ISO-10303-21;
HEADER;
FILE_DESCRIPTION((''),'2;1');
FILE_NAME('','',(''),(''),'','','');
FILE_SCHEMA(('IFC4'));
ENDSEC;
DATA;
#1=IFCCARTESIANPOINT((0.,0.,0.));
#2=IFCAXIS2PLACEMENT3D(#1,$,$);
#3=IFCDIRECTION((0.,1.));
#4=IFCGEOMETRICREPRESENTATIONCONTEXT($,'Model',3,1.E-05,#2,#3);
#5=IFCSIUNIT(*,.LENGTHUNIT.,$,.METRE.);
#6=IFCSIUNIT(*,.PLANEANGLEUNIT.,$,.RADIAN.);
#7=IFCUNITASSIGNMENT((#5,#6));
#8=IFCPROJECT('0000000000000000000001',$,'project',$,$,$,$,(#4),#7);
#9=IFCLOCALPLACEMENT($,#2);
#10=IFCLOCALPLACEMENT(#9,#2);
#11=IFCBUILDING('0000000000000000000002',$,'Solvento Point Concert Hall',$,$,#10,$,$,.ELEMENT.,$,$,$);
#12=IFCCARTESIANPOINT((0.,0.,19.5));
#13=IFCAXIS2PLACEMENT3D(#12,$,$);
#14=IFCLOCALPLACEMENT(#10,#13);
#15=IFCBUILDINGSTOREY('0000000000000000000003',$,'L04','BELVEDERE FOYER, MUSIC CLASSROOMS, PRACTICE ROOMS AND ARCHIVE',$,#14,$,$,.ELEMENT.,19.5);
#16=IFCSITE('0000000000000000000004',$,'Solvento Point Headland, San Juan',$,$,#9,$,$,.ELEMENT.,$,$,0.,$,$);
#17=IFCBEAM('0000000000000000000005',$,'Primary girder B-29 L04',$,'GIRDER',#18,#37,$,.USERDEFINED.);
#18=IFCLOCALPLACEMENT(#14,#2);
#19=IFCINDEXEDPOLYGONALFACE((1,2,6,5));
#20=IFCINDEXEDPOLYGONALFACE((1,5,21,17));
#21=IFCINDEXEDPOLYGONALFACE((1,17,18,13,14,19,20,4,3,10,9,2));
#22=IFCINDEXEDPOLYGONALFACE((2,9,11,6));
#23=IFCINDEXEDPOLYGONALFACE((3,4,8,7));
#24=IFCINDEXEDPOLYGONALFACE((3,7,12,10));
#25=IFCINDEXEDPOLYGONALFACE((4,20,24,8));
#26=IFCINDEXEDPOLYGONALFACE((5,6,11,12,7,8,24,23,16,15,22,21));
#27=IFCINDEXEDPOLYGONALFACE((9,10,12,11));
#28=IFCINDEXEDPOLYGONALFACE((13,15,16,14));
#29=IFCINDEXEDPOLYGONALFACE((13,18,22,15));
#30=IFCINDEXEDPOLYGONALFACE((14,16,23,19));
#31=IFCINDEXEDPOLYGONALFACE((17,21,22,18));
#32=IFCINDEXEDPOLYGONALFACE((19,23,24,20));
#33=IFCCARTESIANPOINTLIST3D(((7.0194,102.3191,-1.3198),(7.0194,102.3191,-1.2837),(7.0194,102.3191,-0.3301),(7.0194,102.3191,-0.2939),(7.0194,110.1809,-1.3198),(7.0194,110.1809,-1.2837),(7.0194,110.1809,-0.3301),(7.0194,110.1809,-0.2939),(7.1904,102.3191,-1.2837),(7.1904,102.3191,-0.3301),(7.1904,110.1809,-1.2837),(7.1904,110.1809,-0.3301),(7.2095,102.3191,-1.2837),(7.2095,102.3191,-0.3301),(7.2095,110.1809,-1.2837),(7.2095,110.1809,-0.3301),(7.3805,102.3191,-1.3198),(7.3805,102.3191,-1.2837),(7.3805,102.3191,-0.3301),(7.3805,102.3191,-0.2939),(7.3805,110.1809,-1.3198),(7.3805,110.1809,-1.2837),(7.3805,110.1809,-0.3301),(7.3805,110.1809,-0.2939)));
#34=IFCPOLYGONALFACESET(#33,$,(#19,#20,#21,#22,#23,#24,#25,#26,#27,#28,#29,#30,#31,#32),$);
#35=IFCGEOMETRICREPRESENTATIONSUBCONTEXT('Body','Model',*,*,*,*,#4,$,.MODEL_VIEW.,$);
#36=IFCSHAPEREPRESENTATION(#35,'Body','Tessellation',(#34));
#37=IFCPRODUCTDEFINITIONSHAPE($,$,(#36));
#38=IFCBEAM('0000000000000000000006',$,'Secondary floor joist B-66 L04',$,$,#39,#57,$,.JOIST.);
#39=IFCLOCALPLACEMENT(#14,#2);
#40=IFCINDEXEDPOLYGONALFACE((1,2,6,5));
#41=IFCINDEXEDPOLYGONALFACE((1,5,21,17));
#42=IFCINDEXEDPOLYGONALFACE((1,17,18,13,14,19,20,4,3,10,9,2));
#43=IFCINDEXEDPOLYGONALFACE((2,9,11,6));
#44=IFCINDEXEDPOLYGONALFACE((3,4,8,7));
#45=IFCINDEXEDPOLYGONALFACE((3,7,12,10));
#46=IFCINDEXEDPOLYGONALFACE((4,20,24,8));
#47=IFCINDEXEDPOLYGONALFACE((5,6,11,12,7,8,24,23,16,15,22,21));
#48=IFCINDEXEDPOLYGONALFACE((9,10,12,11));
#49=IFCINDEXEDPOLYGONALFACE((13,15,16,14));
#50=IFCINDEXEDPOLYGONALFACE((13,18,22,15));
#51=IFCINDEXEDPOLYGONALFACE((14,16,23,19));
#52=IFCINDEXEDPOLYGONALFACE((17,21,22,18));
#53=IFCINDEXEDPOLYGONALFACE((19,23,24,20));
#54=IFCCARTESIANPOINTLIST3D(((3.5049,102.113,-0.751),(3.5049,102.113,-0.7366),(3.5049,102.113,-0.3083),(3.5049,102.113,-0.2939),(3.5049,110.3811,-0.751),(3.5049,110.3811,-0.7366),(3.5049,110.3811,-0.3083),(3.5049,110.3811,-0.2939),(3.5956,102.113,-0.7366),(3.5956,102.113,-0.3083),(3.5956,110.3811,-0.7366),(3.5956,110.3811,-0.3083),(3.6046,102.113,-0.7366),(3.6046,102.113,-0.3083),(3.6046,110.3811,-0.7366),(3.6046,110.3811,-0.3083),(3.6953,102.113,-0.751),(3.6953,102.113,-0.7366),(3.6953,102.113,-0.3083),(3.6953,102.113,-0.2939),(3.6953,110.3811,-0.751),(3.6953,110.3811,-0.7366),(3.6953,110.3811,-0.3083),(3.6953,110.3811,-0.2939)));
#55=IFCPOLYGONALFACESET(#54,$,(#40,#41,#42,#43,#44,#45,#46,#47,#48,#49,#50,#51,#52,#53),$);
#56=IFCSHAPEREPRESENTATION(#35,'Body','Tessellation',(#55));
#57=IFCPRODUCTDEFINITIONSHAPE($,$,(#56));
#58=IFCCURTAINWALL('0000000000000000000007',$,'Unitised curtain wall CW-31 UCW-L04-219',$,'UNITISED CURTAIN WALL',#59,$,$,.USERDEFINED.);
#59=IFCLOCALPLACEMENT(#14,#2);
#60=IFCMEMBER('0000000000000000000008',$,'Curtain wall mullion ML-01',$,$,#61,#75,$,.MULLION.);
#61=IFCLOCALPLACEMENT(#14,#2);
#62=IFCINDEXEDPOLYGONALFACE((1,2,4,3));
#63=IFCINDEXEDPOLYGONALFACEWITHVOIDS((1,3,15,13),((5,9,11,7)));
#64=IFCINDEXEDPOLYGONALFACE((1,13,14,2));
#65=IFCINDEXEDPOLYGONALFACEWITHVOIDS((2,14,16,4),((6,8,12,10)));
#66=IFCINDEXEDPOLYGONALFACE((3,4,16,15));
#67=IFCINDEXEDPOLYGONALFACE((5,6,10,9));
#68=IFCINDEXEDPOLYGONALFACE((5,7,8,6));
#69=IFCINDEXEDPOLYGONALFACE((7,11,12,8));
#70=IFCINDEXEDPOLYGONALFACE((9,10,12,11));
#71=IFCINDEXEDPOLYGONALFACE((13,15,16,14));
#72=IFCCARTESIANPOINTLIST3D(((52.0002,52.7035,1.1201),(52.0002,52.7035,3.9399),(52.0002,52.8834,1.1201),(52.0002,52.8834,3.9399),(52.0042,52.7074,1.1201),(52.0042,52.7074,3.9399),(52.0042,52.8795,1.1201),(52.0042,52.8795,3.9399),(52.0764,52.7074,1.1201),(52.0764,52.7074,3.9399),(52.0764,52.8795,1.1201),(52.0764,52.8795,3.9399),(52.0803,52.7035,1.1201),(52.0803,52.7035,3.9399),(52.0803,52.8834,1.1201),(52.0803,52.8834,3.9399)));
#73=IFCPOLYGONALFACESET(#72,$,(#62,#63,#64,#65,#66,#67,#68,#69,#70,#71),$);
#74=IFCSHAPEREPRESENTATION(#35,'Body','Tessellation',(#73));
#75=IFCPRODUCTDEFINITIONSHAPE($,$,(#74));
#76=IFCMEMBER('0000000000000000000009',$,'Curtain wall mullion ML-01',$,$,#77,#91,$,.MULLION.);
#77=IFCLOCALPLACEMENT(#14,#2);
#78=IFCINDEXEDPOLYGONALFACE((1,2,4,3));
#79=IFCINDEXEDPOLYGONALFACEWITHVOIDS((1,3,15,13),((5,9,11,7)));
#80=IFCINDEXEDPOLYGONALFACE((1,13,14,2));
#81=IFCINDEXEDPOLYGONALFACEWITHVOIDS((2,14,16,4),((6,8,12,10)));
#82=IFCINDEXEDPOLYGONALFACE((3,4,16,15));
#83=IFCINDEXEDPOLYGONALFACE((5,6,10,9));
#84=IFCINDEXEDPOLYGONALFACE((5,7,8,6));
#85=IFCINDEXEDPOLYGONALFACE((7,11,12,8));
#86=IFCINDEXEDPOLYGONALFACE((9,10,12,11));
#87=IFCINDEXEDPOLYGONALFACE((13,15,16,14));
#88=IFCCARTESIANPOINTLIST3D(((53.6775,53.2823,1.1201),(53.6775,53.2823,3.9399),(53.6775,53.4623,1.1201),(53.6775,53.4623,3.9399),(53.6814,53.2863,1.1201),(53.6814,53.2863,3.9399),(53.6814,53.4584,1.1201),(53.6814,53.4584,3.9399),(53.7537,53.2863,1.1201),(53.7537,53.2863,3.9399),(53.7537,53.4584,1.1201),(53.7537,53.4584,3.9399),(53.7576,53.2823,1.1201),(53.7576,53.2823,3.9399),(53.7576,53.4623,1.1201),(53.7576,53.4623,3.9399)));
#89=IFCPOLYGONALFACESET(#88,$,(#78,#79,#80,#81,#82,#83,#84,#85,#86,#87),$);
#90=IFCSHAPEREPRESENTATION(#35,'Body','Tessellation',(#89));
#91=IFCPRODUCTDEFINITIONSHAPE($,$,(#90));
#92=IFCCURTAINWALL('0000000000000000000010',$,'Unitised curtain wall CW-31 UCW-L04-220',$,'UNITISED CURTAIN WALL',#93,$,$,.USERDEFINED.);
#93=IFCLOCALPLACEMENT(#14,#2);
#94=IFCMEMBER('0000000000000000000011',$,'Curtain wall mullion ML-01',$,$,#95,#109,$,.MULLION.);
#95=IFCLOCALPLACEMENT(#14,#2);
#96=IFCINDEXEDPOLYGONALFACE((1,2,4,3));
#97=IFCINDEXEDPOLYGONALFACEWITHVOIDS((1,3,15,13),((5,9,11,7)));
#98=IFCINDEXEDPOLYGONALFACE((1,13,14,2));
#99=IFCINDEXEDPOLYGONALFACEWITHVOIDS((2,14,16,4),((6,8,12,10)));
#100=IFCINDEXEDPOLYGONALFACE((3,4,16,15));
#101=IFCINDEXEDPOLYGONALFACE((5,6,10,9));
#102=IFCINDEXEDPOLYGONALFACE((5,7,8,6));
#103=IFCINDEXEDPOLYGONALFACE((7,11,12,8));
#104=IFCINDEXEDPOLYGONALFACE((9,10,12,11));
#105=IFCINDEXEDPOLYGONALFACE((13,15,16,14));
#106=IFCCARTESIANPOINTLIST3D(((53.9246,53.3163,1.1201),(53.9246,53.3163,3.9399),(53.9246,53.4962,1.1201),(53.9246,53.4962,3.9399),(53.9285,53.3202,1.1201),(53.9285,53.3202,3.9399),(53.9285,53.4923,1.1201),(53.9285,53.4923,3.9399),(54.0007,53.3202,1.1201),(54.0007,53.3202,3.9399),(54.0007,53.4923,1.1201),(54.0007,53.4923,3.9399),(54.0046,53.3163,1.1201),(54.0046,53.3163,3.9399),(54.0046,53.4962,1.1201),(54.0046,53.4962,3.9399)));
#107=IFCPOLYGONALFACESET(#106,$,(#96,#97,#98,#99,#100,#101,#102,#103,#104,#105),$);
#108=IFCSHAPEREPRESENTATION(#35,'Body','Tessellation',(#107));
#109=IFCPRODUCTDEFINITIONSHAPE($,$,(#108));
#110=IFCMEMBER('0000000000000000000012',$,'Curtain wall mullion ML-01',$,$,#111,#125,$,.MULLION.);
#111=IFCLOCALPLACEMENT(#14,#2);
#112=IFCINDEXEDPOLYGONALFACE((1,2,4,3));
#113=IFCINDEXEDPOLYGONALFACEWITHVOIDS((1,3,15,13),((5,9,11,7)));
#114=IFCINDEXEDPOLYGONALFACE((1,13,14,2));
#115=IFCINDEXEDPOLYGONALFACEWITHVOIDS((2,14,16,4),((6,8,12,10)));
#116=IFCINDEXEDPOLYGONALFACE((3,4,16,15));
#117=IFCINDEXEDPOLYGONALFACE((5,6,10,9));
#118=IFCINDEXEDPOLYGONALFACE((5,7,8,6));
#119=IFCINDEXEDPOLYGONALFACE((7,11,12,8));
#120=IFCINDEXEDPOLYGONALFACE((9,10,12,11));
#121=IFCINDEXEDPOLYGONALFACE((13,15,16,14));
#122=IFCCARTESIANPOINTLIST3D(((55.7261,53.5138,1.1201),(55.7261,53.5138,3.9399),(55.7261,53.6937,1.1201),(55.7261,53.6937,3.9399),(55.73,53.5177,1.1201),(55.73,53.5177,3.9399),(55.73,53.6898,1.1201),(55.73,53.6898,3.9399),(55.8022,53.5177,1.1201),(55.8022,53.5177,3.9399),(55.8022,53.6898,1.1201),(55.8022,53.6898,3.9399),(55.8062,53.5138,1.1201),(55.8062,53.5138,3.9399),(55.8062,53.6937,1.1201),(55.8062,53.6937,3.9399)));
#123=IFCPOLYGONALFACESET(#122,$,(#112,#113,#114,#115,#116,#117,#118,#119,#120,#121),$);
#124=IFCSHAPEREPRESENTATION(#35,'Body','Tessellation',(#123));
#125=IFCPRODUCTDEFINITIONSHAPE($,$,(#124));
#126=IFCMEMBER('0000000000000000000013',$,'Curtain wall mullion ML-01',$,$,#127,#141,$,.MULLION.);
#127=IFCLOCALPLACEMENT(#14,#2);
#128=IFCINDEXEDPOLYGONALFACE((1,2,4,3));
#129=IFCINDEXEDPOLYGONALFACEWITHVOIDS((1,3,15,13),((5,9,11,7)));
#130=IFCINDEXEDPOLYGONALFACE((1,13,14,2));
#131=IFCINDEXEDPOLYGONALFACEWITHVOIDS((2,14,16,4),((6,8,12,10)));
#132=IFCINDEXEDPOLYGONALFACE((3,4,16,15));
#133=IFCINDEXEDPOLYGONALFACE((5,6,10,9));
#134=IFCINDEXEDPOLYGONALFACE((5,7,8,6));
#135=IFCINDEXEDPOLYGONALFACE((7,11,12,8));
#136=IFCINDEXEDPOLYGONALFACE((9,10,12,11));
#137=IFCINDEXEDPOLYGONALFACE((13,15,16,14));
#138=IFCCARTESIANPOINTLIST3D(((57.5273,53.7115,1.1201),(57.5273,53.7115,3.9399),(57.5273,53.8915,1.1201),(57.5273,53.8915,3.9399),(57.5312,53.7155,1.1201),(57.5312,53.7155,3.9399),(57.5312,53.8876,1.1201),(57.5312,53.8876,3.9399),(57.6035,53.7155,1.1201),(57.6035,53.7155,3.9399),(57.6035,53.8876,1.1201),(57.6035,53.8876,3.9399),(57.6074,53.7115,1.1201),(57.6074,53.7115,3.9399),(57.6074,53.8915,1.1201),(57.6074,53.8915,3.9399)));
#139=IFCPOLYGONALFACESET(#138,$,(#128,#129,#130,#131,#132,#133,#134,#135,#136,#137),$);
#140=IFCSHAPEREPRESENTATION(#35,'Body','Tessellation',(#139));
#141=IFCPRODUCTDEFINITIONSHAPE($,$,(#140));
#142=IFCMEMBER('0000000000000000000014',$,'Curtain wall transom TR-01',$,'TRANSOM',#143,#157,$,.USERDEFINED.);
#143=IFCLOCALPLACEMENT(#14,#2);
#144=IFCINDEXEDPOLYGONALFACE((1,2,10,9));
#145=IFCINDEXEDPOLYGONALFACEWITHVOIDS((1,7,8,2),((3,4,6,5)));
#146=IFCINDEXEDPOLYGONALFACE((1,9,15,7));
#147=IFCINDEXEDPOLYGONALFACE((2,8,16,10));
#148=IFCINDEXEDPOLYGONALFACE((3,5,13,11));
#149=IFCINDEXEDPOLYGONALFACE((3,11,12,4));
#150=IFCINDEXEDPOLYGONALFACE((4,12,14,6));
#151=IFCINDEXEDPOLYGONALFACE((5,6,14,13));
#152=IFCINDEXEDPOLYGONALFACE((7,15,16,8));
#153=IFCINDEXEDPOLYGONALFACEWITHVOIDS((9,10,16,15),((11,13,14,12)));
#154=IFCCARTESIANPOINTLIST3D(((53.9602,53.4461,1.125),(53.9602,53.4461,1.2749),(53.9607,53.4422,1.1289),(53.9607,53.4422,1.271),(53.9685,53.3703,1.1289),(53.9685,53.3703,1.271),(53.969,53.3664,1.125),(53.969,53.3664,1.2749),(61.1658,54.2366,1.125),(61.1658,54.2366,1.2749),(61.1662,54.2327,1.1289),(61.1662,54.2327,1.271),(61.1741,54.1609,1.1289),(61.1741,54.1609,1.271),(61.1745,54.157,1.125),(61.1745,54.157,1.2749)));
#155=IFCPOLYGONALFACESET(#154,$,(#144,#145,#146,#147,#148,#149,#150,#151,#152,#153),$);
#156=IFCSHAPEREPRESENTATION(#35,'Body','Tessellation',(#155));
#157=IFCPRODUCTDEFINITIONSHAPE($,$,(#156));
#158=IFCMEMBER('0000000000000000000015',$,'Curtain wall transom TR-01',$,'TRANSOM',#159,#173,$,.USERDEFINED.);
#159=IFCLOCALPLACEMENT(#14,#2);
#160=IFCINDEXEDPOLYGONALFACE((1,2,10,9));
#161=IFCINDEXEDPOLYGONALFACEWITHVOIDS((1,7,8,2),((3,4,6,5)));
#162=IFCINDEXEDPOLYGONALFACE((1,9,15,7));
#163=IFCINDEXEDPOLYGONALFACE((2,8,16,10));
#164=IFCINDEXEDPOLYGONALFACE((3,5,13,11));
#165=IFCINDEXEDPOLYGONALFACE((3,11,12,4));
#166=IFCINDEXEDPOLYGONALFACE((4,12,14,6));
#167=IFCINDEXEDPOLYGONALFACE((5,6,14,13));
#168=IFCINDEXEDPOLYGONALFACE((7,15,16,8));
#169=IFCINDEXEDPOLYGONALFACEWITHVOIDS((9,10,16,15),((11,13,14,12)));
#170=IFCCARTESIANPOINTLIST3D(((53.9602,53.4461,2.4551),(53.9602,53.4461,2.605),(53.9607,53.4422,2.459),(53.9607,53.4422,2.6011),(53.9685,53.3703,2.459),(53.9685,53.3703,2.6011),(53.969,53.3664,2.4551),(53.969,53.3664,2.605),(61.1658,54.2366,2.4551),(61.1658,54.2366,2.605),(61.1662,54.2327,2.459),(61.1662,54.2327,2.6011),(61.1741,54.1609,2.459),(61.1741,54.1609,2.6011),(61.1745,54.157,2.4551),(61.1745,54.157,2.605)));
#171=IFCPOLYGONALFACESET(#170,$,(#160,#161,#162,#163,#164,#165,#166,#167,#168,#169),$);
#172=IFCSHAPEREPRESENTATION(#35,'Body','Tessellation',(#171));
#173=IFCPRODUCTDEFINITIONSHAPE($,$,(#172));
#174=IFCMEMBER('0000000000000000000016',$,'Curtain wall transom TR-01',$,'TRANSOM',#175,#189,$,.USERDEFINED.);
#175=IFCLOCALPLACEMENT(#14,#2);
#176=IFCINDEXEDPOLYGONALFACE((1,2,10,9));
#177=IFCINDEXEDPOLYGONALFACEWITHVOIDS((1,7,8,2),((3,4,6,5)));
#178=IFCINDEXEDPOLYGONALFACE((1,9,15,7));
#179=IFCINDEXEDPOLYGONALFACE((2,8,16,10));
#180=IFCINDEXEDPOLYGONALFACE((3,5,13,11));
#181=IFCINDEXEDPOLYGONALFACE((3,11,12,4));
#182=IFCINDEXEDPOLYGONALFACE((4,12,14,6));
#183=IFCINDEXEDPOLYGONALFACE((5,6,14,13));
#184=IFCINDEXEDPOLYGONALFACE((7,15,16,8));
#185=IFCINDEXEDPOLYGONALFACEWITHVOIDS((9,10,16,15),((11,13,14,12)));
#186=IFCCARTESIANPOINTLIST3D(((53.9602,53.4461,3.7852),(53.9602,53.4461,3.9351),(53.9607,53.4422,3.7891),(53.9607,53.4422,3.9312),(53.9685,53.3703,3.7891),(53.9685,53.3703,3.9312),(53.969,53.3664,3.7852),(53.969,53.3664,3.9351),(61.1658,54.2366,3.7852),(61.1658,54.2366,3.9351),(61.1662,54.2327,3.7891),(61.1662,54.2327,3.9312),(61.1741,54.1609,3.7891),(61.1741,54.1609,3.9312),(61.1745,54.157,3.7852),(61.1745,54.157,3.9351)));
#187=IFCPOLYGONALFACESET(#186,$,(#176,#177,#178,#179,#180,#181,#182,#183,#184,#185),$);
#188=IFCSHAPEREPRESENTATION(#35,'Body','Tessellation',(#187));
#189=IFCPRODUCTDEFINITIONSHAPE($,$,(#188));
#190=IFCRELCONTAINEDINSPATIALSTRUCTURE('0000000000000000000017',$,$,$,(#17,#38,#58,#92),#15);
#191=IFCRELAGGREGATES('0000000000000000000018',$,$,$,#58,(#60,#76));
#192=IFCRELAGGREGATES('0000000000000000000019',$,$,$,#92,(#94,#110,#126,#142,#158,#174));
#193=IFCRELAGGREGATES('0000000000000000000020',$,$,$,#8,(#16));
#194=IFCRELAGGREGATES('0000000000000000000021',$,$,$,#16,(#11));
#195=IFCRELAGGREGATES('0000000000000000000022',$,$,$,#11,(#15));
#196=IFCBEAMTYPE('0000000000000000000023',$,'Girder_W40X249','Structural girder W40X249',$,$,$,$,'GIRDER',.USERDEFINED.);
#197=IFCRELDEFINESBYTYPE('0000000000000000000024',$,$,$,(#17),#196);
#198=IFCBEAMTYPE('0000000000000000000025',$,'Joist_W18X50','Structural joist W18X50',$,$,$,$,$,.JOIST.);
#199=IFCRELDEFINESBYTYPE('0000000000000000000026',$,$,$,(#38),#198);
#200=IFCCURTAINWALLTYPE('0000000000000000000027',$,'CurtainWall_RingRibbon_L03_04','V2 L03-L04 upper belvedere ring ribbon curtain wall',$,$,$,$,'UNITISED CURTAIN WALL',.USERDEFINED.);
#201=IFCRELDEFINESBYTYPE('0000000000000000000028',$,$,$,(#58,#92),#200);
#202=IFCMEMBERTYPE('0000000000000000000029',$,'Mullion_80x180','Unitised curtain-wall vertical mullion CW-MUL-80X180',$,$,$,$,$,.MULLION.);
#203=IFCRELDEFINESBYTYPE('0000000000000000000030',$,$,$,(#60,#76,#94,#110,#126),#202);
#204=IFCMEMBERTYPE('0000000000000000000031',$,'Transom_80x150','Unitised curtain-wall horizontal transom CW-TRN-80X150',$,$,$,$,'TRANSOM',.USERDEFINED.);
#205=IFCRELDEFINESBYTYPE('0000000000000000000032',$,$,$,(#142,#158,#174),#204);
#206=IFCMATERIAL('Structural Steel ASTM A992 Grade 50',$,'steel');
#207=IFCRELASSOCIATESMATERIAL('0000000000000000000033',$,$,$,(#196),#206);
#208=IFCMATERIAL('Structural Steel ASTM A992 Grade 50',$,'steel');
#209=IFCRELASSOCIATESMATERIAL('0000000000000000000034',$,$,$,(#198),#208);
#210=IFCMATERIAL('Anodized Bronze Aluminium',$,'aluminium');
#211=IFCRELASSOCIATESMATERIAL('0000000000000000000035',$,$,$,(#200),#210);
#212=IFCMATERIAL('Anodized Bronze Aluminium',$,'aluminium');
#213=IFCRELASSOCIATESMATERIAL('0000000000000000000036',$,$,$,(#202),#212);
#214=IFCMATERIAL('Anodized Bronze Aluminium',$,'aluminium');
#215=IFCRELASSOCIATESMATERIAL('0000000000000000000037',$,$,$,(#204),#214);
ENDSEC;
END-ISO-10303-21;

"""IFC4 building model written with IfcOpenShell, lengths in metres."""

from ifc_helpers import new_model, si_unit, direction, frame, origin, origin_2d, place, context, subcontext, project, spatial, hollow_rectangle, i_section, extrude, material, material_profile, profile_set, type_object, element, aggregate, save


model = new_model("IFC4")

# Units and contexts
model_context = context("Model", 3, precision=1e-05, world=origin(), true_north=direction((0.0, 1.0)))
body_context = subcontext(model_context, "Body", "Model", "MODEL_VIEW")
ifc_project = project(units=[si_unit("LENGTHUNIT", "METRE"), si_unit("PLANEANGLEUNIT", "RADIAN")], contexts=[model_context])

# Site, building, storey
site_placement = place(None, origin())
site = spatial("IfcSite", under=ifc_project, at=site_placement, Name="Solvento Point Headland, San Juan", CompositionType="ELEMENT", RefElevation=0.0)
building_placement = place(site_placement, origin())
building = spatial("IfcBuilding", under=site, at=building_placement, Name="Solvento Point Concert Hall", CompositionType="ELEMENT")
storey_placement = place(building_placement, frame((0.0, 0.0, 19.5)))
storey = spatial("IfcBuildingStorey", under=building, at=storey_placement, Name="L04", Description="BELVEDERE FOYER, MUSIC CLASSROOMS, PRACTICE ROOMS AND ARCHIVE", CompositionType="ELEMENT", Elevation=19.5)

# Beams
ifc_material_1 = material(Name="Structural Steel ASTM A992 Grade 50", Category="steel")
ifc_material_profile_1 = material_profile(ifc_material_1, i_section(OverallWidth=0.3611, OverallDepth=1.0259, WebThickness=0.019, FlangeThickness=0.0361, at=origin_2d()), Name="W40X249")
ifc_profile_set_1 = profile_set([ifc_material_profile_1], Name="Structural Steel ASTM A992 Grade 50")
beam_type_1 = type_object("IfcBeamType", Name="Girder_W40X249", Description="Structural girder W40X249", ElementType="GIRDER", PredefinedType="USERDEFINED", material=ifc_profile_set_1)
beam_1_placement = place(storey_placement, frame((7.2, 102.3191, -0.8069), z_axis=(0.0, 1.0, 0.0), x_axis=(-1.0, 0.0, 0.0)))
element("IfcBeam", 1, at=beam_1_placement, inside=storey, type_object=beam_type_1, Name="Primary girder B-29 L04", ObjectType="GIRDER", PredefinedType="USERDEFINED", context=body_context, shape_type="SweptSolid", body=[
    extrude(i_section(OverallWidth=0.3611, OverallDepth=1.0259, WebThickness=0.019, FlangeThickness=0.0361, at=origin_2d()), origin(), (0.0, 0.0, 1.0), 7.8618),
])
ifc_material_2 = material(Name="Structural Steel ASTM A992 Grade 50", Category="steel")
ifc_material_profile_2 = material_profile(ifc_material_2, i_section(OverallWidth=0.1904, OverallDepth=0.457, WebThickness=0.009, FlangeThickness=0.0144, at=origin_2d()), Name="W18X50")
ifc_profile_set_2 = profile_set([ifc_material_profile_2], Name="Structural Steel ASTM A992 Grade 50")
beam_type_2 = type_object("IfcBeamType", Name="Joist_W18X50", Description="Structural joist W18X50", PredefinedType="JOIST", material=ifc_profile_set_2)
beam_2_placement = place(storey_placement, frame((3.6001, 102.113, -0.5225), z_axis=(0.0, 1.0, 0.0), x_axis=(-1.0, 0.0, 0.0)))
element("IfcBeam", 2, at=beam_2_placement, inside=storey, type_object=beam_type_2, Name="Secondary floor joist B-66 L04", PredefinedType="JOIST", context=body_context, shape_type="SweptSolid", body=[
    extrude(i_section(OverallWidth=0.1904, OverallDepth=0.457, WebThickness=0.009, FlangeThickness=0.0144, at=origin_2d()), origin(), (0.0, 0.0, 1.0), 8.2681),
])

# Curtain walls, members
ifc_material_3 = material(Name="Anodized Bronze Aluminium", Category="aluminium")
curtain_wall_type = type_object("IfcCurtainWallType", Name="CurtainWall_RingRibbon_L03_04", Description="V2 L03-L04 upper belvedere ring ribbon curtain wall", ElementType="UNITISED CURTAIN WALL", PredefinedType="USERDEFINED", material=ifc_material_3)
curtain_wall_1_placement = place(storey_placement, origin())
curtain_wall_1 = element("IfcCurtainWall", 3, at=curtain_wall_1_placement, inside=storey, type_object=curtain_wall_type, Name="Unitised curtain wall CW-31 UCW-L04-219", ObjectType="UNITISED CURTAIN WALL", PredefinedType="USERDEFINED")
ifc_material_4 = material(Name="Anodized Bronze Aluminium", Category="aluminium")
ifc_material_profile_3 = material_profile(ifc_material_4, hollow_rectangle(XDim=0.0801, YDim=0.1799, WallThickness=0.0039, at=origin_2d()), Name="CW-MUL-80X180")
ifc_profile_set_3 = profile_set([ifc_material_profile_3], Name="Anodized Bronze Aluminium")
member_type_1 = type_object("IfcMemberType", Name="Mullion_80x180", Description="Unitised curtain-wall vertical mullion CW-MUL-80X180", PredefinedType="MULLION", material=ifc_profile_set_3)
member_1_placement = place(storey_placement, frame((52.0403, 52.7935, 1.1201), z_axis=(0.0, 0.0, 1.0), x_axis=(1.0, 0.0, 0.0)))
member_1 = element("IfcMember", 4, at=member_1_placement, type_object=member_type_1, Name="Curtain wall mullion ML-01", PredefinedType="MULLION", context=body_context, shape_type="SweptSolid", body=[
    extrude(hollow_rectangle(XDim=0.0801, YDim=0.1799, WallThickness=0.0039, at=origin_2d()), origin(), (0.0, 0.0, 1.0), 2.8198),
])
member_2_placement = place(storey_placement, frame((53.7175, 53.3723, 1.1201), z_axis=(0.0, 0.0, 1.0), x_axis=(1.0, 0.0, 0.0)))
member_2 = element("IfcMember", 5, at=member_2_placement, type_object=member_type_1, Name="Curtain wall mullion ML-01", PredefinedType="MULLION", context=body_context, shape_type="SweptSolid", body=[
    extrude(hollow_rectangle(XDim=0.0801, YDim=0.1799, WallThickness=0.0039, at=origin_2d()), origin(), (0.0, 0.0, 1.0), 2.8198),
])
curtain_wall_2_placement = place(storey_placement, origin())
curtain_wall_2 = element("IfcCurtainWall", 6, at=curtain_wall_2_placement, inside=storey, type_object=curtain_wall_type, Name="Unitised curtain wall CW-31 UCW-L04-220", ObjectType="UNITISED CURTAIN WALL", PredefinedType="USERDEFINED")
member_3_placement = place(storey_placement, frame((53.9646, 53.4062, 1.1201), z_axis=(0.0, 0.0, 1.0), x_axis=(1.0, 0.0, 0.0)))
member_3 = element("IfcMember", 7, at=member_3_placement, type_object=member_type_1, Name="Curtain wall mullion ML-01", PredefinedType="MULLION", context=body_context, shape_type="SweptSolid", body=[
    extrude(hollow_rectangle(XDim=0.0801, YDim=0.1799, WallThickness=0.0039, at=origin_2d()), origin(), (0.0, 0.0, 1.0), 2.8198),
])
member_4_placement = place(storey_placement, frame((55.7661, 53.6038, 1.1201), z_axis=(0.0, 0.0, 1.0), x_axis=(1.0, 0.0, 0.0)))
member_4 = element("IfcMember", 8, at=member_4_placement, type_object=member_type_1, Name="Curtain wall mullion ML-01", PredefinedType="MULLION", context=body_context, shape_type="SweptSolid", body=[
    extrude(hollow_rectangle(XDim=0.0801, YDim=0.1799, WallThickness=0.0039, at=origin_2d()), origin(), (0.0, 0.0, 1.0), 2.8198),
])
member_5_placement = place(storey_placement, frame((57.5674, 53.8015, 1.1201), z_axis=(0.0, 0.0, 1.0), x_axis=(1.0, 0.0, 0.0)))
member_5 = element("IfcMember", 9, at=member_5_placement, type_object=member_type_1, Name="Curtain wall mullion ML-01", PredefinedType="MULLION", context=body_context, shape_type="SweptSolid", body=[
    extrude(hollow_rectangle(XDim=0.0801, YDim=0.1799, WallThickness=0.0039, at=origin_2d()), origin(), (0.0, 0.0, 1.0), 2.8198),
])
ifc_material_5 = material(Name="Anodized Bronze Aluminium", Category="aluminium")
ifc_material_profile_4 = material_profile(ifc_material_5, hollow_rectangle(XDim=0.0801, YDim=0.1499, WallThickness=0.0039, at=origin_2d()), Name="CW-TRN-80X150")
ifc_profile_set_4 = profile_set([ifc_material_profile_4], Name="Anodized Bronze Aluminium")
member_type_2 = type_object("IfcMemberType", Name="Transom_80x150", Description="Unitised curtain-wall horizontal transom CW-TRN-80X150", ElementType="TRANSOM", PredefinedType="USERDEFINED", material=ifc_profile_set_4)
member_6_placement = place(storey_placement, frame((53.9646, 53.4062, 1.2), z_axis=(0.994036, 0.109056, 0.0), x_axis=(-0.109056, 0.994036, 0.0)))
member_6 = element("IfcMember", 10, at=member_6_placement, type_object=member_type_2, Name="Curtain wall transom TR-01", ObjectType="TRANSOM", PredefinedType="USERDEFINED", context=body_context, shape_type="SweptSolid", body=[
    extrude(hollow_rectangle(XDim=0.0801, YDim=0.1499, WallThickness=0.0039, at=origin_2d()), origin(), (0.0, 0.0, 1.0), 7.2488),
])
member_7_placement = place(storey_placement, frame((53.9646, 53.4062, 2.53), z_axis=(0.994036, 0.109056, 0.0), x_axis=(-0.109056, 0.994036, 0.0)))
member_7 = element("IfcMember", 11, at=member_7_placement, type_object=member_type_2, Name="Curtain wall transom TR-01", ObjectType="TRANSOM", PredefinedType="USERDEFINED", context=body_context, shape_type="SweptSolid", body=[
    extrude(hollow_rectangle(XDim=0.0801, YDim=0.1499, WallThickness=0.0039, at=origin_2d()), origin(), (0.0, 0.0, 1.0), 7.2488),
])
member_8_placement = place(storey_placement, frame((53.9646, 53.4062, 3.8601), z_axis=(0.994036, 0.109056, 0.0), x_axis=(-0.109056, 0.994036, 0.0)))
member_8 = element("IfcMember", 12, at=member_8_placement, type_object=member_type_2, Name="Curtain wall transom TR-01", ObjectType="TRANSOM", PredefinedType="USERDEFINED", context=body_context, shape_type="SweptSolid", body=[
    extrude(hollow_rectangle(XDim=0.0801, YDim=0.1499, WallThickness=0.0039, at=origin_2d()), origin(), (0.0, 0.0, 1.0), 7.2488),
])

aggregate(curtain_wall_1, [member_1, member_2])
aggregate(curtain_wall_2, [member_3, member_4, member_5, member_6, member_7, member_8])

save(model, "model.ifc")
